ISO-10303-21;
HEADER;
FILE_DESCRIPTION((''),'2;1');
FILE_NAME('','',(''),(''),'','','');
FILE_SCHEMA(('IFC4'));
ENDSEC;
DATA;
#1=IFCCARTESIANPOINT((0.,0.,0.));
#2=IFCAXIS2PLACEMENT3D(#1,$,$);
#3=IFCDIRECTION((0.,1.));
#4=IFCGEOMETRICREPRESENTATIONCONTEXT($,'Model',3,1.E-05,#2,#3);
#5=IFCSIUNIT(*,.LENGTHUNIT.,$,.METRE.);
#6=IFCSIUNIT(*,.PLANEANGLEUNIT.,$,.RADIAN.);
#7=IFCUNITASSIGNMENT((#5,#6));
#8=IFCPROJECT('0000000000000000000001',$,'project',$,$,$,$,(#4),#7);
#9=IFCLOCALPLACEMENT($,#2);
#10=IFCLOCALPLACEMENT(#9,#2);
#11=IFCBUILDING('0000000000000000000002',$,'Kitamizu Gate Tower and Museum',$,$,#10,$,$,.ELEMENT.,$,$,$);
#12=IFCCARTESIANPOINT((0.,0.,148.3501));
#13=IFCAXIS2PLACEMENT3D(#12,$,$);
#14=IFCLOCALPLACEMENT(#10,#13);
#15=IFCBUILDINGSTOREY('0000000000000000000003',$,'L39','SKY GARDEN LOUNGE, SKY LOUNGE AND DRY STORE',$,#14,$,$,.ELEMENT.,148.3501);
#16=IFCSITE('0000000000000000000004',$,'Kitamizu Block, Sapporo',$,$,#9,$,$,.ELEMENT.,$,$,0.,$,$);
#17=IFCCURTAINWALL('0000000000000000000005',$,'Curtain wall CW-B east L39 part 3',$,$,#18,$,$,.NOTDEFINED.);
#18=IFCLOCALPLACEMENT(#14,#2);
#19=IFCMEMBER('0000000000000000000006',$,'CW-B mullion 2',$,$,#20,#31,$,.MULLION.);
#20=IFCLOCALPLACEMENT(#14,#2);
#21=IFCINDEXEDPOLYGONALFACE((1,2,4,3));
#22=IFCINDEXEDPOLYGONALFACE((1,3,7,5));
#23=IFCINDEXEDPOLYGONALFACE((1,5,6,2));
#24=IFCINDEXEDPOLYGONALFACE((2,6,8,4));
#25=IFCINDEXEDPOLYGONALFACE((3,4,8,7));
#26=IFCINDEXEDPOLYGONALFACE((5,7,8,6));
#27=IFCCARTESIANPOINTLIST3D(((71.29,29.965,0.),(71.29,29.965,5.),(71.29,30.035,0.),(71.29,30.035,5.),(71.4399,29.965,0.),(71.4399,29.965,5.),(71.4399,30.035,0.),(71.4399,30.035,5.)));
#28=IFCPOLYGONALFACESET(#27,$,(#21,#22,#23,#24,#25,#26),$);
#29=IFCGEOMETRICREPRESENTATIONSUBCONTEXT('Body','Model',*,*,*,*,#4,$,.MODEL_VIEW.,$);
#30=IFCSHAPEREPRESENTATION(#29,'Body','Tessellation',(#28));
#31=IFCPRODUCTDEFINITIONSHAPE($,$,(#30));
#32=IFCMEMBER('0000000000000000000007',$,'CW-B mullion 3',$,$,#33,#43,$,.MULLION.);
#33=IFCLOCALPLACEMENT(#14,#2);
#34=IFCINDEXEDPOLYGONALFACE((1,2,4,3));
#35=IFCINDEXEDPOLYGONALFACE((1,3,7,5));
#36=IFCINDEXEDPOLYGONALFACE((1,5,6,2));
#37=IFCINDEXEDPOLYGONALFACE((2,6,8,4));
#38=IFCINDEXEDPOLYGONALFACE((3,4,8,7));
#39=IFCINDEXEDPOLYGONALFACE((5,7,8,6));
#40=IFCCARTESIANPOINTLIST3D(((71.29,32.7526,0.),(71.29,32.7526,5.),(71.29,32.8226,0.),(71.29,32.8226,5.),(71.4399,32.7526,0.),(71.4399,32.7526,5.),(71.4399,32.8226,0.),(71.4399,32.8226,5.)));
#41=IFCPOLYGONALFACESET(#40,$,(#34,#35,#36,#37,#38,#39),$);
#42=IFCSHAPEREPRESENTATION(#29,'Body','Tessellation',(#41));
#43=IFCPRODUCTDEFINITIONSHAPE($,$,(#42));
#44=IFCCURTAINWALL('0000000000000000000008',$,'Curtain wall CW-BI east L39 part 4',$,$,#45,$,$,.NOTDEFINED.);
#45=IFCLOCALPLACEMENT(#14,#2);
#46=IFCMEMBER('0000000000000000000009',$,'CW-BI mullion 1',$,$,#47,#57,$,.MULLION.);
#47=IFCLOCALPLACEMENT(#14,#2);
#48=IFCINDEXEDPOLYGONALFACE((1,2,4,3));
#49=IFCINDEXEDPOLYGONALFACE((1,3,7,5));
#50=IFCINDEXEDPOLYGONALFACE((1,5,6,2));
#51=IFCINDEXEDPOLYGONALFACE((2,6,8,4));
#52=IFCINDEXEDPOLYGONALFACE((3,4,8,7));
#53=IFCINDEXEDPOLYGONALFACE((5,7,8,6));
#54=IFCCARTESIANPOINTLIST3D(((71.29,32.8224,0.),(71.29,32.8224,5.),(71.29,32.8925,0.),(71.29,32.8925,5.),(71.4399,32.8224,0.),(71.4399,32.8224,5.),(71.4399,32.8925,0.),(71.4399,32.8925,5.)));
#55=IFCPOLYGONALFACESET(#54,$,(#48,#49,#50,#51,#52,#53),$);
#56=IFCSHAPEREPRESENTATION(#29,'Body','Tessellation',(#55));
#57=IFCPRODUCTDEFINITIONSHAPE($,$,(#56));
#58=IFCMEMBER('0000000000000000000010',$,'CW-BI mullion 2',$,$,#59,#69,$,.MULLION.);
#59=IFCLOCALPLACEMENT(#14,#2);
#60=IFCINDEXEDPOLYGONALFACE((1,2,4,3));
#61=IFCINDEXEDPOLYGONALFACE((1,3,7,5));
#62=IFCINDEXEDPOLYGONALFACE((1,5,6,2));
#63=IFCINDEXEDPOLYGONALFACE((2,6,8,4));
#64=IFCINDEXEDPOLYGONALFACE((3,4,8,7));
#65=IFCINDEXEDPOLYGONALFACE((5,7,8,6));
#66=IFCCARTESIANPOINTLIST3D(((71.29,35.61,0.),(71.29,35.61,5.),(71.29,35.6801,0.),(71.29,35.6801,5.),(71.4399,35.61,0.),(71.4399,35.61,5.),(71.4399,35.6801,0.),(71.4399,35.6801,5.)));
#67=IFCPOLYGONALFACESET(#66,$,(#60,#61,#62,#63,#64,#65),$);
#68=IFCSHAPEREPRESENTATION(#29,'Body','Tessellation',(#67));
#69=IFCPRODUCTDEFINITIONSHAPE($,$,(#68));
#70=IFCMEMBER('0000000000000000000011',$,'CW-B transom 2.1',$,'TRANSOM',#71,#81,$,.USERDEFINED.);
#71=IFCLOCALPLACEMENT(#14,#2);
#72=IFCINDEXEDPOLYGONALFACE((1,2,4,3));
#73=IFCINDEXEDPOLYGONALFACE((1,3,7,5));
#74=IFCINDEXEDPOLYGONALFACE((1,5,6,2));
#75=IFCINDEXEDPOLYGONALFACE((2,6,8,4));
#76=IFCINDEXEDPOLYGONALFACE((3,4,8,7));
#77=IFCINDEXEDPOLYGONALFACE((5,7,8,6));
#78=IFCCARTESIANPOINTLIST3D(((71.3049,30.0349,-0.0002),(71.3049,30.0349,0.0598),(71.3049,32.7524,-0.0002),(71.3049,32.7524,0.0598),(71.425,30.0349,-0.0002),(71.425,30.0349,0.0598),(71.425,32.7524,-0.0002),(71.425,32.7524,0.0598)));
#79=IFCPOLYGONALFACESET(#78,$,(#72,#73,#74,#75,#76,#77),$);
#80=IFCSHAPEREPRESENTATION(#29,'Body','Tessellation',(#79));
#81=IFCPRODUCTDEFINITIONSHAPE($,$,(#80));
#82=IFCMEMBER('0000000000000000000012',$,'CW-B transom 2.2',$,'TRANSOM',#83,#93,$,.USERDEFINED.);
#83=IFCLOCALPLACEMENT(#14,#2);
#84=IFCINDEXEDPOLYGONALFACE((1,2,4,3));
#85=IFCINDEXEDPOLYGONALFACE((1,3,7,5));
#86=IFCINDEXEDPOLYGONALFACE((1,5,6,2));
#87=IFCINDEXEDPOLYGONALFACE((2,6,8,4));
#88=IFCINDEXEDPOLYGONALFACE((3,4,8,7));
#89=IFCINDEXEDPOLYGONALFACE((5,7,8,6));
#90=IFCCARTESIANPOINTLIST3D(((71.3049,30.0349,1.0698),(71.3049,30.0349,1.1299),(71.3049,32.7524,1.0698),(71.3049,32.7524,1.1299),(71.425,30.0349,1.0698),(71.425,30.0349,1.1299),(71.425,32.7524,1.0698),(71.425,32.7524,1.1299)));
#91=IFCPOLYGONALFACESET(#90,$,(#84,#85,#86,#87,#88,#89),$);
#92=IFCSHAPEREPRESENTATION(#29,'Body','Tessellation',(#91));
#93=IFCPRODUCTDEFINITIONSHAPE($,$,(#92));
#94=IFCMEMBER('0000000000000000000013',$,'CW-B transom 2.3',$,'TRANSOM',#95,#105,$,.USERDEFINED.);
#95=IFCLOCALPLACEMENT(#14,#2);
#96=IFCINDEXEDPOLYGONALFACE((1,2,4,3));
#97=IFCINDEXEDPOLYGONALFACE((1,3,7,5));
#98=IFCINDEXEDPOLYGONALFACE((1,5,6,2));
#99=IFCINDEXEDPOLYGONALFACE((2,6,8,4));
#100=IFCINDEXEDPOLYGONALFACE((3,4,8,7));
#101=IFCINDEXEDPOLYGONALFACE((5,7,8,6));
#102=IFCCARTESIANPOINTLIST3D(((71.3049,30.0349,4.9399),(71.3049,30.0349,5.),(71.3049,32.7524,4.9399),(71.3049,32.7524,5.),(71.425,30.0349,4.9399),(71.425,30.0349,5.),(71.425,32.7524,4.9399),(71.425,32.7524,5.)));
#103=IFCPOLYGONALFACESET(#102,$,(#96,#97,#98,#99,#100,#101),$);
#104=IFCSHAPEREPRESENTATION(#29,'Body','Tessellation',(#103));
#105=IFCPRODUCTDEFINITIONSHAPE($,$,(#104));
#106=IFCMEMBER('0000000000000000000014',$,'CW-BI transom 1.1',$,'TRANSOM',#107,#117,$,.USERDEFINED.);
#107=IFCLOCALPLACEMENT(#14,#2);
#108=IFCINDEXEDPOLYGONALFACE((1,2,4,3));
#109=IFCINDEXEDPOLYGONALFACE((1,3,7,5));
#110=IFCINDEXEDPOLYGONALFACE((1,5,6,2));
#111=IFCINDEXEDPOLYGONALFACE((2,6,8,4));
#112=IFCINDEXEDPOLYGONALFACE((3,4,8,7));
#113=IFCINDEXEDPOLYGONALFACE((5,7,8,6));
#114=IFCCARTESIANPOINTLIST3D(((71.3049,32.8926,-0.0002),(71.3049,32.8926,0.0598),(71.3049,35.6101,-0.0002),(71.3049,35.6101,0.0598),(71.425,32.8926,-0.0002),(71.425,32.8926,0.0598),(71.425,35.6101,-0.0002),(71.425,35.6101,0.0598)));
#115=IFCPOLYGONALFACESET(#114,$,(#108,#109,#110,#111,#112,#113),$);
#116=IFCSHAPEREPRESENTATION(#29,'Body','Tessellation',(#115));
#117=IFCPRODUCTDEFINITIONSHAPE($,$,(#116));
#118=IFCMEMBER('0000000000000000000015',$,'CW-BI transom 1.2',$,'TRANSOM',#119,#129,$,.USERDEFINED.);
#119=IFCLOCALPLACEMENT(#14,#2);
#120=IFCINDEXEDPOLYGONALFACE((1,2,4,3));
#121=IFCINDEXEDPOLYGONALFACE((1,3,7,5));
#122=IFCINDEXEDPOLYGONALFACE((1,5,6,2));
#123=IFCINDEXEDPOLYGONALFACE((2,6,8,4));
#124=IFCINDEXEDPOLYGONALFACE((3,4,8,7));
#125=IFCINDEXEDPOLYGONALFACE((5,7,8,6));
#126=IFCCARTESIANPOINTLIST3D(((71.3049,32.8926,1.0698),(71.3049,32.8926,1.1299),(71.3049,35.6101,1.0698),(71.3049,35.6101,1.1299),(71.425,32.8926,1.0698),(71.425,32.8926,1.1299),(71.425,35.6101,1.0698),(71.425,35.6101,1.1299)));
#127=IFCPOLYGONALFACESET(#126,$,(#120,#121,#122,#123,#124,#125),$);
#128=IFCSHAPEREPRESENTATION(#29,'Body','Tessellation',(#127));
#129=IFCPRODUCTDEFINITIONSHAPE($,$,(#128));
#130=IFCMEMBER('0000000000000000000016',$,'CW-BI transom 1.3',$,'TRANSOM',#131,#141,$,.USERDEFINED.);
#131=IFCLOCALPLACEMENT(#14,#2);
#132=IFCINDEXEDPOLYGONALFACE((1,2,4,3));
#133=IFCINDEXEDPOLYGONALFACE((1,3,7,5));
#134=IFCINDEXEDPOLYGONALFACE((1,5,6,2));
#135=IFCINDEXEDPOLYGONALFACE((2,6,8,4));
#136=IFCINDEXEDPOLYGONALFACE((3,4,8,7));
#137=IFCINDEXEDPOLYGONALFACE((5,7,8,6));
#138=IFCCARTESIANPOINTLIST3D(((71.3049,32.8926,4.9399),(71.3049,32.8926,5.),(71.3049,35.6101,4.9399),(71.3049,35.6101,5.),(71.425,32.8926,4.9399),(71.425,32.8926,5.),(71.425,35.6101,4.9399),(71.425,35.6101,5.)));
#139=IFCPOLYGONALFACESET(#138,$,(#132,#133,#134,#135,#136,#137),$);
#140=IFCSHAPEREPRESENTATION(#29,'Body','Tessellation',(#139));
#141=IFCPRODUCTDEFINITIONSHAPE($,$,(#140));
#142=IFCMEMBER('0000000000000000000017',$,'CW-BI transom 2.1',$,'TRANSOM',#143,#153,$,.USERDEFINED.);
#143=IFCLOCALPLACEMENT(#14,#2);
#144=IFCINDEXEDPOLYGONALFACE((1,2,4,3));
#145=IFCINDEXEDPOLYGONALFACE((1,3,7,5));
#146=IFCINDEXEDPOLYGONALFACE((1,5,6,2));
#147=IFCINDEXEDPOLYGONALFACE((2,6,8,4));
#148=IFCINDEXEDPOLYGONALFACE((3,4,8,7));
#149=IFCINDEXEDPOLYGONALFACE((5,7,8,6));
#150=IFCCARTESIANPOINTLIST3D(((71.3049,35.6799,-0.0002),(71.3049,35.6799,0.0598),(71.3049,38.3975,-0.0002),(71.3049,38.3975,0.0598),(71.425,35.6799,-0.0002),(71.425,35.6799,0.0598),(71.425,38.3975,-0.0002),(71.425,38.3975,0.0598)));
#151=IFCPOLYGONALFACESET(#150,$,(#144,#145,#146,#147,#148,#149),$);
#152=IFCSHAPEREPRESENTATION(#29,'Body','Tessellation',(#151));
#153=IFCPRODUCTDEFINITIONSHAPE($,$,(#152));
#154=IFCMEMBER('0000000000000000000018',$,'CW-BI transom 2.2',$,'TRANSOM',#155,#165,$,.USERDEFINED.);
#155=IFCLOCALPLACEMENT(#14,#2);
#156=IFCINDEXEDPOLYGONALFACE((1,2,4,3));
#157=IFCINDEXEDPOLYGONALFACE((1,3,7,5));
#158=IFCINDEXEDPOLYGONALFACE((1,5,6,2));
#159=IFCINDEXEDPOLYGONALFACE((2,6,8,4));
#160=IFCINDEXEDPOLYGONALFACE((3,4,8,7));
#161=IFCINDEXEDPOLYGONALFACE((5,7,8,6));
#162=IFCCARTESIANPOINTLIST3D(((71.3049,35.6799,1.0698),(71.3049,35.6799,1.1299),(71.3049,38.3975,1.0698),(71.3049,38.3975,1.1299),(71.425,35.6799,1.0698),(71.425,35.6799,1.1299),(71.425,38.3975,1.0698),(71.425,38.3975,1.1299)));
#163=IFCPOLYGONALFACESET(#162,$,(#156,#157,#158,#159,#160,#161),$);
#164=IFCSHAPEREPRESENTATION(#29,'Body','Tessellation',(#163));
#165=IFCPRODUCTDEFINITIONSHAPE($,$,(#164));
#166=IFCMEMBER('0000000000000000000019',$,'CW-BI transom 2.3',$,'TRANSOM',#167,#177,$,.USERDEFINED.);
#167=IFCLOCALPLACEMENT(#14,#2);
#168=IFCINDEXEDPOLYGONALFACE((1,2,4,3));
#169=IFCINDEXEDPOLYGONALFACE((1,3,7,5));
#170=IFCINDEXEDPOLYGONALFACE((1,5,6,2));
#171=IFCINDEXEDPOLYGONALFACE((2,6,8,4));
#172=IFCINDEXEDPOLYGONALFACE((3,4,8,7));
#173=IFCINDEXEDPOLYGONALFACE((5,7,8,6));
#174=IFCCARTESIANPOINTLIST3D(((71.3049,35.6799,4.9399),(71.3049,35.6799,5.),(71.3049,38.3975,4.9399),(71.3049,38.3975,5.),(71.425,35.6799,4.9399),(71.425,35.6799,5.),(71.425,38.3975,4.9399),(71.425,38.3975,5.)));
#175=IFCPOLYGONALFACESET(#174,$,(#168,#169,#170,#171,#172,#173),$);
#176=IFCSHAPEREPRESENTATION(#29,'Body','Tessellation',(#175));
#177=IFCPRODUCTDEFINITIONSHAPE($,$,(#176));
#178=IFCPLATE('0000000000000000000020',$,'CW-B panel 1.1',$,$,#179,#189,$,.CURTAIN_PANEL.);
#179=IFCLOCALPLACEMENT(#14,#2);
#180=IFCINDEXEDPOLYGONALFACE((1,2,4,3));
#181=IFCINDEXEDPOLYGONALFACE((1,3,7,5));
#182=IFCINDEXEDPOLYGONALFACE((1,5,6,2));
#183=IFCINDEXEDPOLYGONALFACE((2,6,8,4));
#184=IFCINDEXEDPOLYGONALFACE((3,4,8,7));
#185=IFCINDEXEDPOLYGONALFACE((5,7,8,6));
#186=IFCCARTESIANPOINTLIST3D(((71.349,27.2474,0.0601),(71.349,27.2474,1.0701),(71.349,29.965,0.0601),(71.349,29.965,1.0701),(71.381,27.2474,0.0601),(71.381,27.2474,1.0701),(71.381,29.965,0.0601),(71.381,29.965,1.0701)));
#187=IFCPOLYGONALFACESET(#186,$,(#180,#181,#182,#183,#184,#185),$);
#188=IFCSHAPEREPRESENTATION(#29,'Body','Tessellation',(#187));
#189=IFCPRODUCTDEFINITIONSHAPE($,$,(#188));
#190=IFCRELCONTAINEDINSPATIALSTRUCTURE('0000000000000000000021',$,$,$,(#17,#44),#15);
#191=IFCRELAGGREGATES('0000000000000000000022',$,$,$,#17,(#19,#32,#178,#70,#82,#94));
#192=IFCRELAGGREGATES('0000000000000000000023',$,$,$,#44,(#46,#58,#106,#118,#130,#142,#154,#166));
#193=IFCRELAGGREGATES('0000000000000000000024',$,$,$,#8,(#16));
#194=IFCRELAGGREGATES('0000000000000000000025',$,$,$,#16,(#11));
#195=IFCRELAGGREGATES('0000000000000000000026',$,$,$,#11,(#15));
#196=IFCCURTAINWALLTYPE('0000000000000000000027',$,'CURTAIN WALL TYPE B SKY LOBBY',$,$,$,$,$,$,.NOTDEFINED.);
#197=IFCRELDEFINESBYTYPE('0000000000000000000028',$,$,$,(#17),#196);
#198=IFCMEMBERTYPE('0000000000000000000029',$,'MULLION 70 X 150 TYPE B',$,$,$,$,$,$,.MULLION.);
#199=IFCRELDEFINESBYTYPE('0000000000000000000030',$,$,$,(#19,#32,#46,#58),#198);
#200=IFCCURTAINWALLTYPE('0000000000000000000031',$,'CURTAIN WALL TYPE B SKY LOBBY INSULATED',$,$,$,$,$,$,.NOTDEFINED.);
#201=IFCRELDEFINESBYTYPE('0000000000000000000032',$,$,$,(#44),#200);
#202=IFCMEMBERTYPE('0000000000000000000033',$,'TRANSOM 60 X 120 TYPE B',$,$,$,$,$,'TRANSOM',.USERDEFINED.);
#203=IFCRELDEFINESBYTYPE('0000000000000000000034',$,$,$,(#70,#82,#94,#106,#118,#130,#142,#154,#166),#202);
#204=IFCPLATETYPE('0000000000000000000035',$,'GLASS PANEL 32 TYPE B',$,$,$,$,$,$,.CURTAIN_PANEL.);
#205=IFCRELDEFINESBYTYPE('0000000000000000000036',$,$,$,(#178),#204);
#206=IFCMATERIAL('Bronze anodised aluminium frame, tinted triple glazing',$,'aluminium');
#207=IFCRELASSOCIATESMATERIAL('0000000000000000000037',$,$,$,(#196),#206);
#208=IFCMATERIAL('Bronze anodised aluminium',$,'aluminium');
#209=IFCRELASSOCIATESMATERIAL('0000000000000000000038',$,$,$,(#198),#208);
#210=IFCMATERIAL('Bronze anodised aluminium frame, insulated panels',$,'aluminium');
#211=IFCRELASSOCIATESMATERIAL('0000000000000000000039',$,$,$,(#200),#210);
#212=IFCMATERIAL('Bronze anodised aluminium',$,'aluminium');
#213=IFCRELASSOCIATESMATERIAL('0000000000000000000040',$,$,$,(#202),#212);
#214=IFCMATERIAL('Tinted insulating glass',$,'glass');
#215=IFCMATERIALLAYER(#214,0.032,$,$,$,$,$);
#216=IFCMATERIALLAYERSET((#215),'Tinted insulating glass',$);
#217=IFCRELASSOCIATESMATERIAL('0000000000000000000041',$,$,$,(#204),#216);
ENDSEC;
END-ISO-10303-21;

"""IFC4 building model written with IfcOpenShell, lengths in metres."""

from ifc_helpers import new_model, si_unit, direction, frame, origin, origin_2d, place, context, subcontext, project, spatial, rectangle, extrude, material, layer, layer_set, material_profile, profile_set, type_object, element, aggregate, save


model = new_model("IFC4")

# Units and contexts
model_context = context("Model", 3, precision=1e-05, world=origin(), true_north=direction((0.0, 1.0)))
body_context = subcontext(model_context, "Body", "Model", "MODEL_VIEW")
ifc_project = project(units=[si_unit("LENGTHUNIT", "METRE"), si_unit("PLANEANGLEUNIT", "RADIAN")], contexts=[model_context])

# Site, building, storey
site_placement = place(None, origin())
site = spatial("IfcSite", under=ifc_project, at=site_placement, Name="Kitamizu Block, Sapporo", CompositionType="ELEMENT", RefElevation=0.0)
building_placement = place(site_placement, origin())
building = spatial("IfcBuilding", under=site, at=building_placement, Name="Kitamizu Gate Tower and Museum", CompositionType="ELEMENT")
storey_placement = place(building_placement, frame((0.0, 0.0, 148.3501)))
storey = spatial("IfcBuildingStorey", under=building, at=storey_placement, Name="L39", Description="SKY GARDEN LOUNGE, SKY LOUNGE AND DRY STORE", CompositionType="ELEMENT", Elevation=148.3501)

# Curtain walls, members
ifc_material_1 = material(Name="Bronze anodised aluminium frame, tinted triple glazing", Category="aluminium")
curtain_wall_type_1 = type_object("IfcCurtainWallType", Name="CURTAIN WALL TYPE B SKY LOBBY", PredefinedType="NOTDEFINED", material=ifc_material_1)
curtain_wall_1_placement = place(storey_placement, origin())
curtain_wall_1 = element("IfcCurtainWall", 1, at=curtain_wall_1_placement, inside=storey, type_object=curtain_wall_type_1, Name="Curtain wall CW-B east L39 part 3", PredefinedType="NOTDEFINED")
ifc_material_2 = material(Name="Bronze anodised aluminium", Category="aluminium")
ifc_material_profile_1 = material_profile(ifc_material_2, rectangle(XDim=0.0701, YDim=0.1499, at=origin_2d()), Name="AL 70X150")
ifc_profile_set_1 = profile_set([ifc_material_profile_1], Name="Bronze anodised aluminium")
member_type_1 = type_object("IfcMemberType", Name="MULLION 70 X 150 TYPE B", PredefinedType="MULLION", material=ifc_profile_set_1)
member_1_placement = place(storey_placement, frame((71.365, 30.0, 0.0), z_axis=(0.0, 0.0, 1.0), x_axis=(0.0, 1.0, 0.0)))
member_1 = element("IfcMember", 2, at=member_1_placement, type_object=member_type_1, Name="CW-B mullion 2", PredefinedType="MULLION", context=body_context, shape_type="SweptSolid", body=[
    extrude(rectangle(XDim=0.0701, YDim=0.1499, at=origin_2d()), origin(), (0.0, 0.0, 1.0), 5.0),
])
member_2_placement = place(storey_placement, frame((71.365, 32.7876, 0.0), z_axis=(0.0, 0.0, 1.0), x_axis=(0.0, 1.0, 0.0)))
member_2 = element("IfcMember", 3, at=member_2_placement, type_object=member_type_1, Name="CW-B mullion 3", PredefinedType="MULLION", context=body_context, shape_type="SweptSolid", body=[
    extrude(rectangle(XDim=0.0701, YDim=0.1499, at=origin_2d()), origin(), (0.0, 0.0, 1.0), 5.0),
])
ifc_material_3 = material(Name="Bronze anodised aluminium frame, insulated panels", Category="aluminium")
curtain_wall_type_2 = type_object("IfcCurtainWallType", Name="CURTAIN WALL TYPE B SKY LOBBY INSULATED", PredefinedType="NOTDEFINED", material=ifc_material_3)
curtain_wall_2_placement = place(storey_placement, origin())
curtain_wall_2 = element("IfcCurtainWall", 4, at=curtain_wall_2_placement, inside=storey, type_object=curtain_wall_type_2, Name="Curtain wall CW-BI east L39 part 4", PredefinedType="NOTDEFINED")
member_3_placement = place(storey_placement, frame((71.365, 32.8574, 0.0), z_axis=(0.0, 0.0, 1.0), x_axis=(0.0, 1.0, 0.0)))
member_3 = element("IfcMember", 5, at=member_3_placement, type_object=member_type_1, Name="CW-BI mullion 1", PredefinedType="MULLION", context=body_context, shape_type="SweptSolid", body=[
    extrude(rectangle(XDim=0.0701, YDim=0.1499, at=origin_2d()), origin(), (0.0, 0.0, 1.0), 5.0),
])
member_4_placement = place(storey_placement, frame((71.365, 35.645, 0.0), z_axis=(0.0, 0.0, 1.0), x_axis=(0.0, 1.0, 0.0)))
member_4 = element("IfcMember", 6, at=member_4_placement, type_object=member_type_1, Name="CW-BI mullion 2", PredefinedType="MULLION", context=body_context, shape_type="SweptSolid", body=[
    extrude(rectangle(XDim=0.0701, YDim=0.1499, at=origin_2d()), origin(), (0.0, 0.0, 1.0), 5.0),
])

# Members
ifc_material_4 = material(Name="Bronze anodised aluminium", Category="aluminium")
ifc_material_profile_2 = material_profile(ifc_material_4, rectangle(XDim=0.1201, YDim=0.0601, at=origin_2d()), Name="AL 60X120")
ifc_profile_set_2 = profile_set([ifc_material_profile_2], Name="Bronze anodised aluminium")
member_type_2 = type_object("IfcMemberType", Name="TRANSOM 60 X 120 TYPE B", ElementType="TRANSOM", PredefinedType="USERDEFINED", material=ifc_profile_set_2)
member_5_placement = place(storey_placement, frame((71.365, 30.0349, 0.0298), z_axis=(0.0, 1.0, 0.0), x_axis=(-1.0, 0.0, 0.0)))
member_5 = element("IfcMember", 7, at=member_5_placement, type_object=member_type_2, Name="CW-B transom 2.1", ObjectType="TRANSOM", PredefinedType="USERDEFINED", context=body_context, shape_type="SweptSolid", body=[
    extrude(rectangle(XDim=0.1201, YDim=0.0601, at=origin_2d()), origin(), (0.0, 0.0, 1.0), 2.7175),
])
member_6_placement = place(storey_placement, frame((71.365, 30.0349, 1.0999), z_axis=(0.0, 1.0, 0.0), x_axis=(-1.0, 0.0, 0.0)))
member_6 = element("IfcMember", 8, at=member_6_placement, type_object=member_type_2, Name="CW-B transom 2.2", ObjectType="TRANSOM", PredefinedType="USERDEFINED", context=body_context, shape_type="SweptSolid", body=[
    extrude(rectangle(XDim=0.1201, YDim=0.0601, at=origin_2d()), origin(), (0.0, 0.0, 1.0), 2.7175),
])
member_7_placement = place(storey_placement, frame((71.365, 30.0349, 4.97), z_axis=(0.0, 1.0, 0.0), x_axis=(-1.0, 0.0, 0.0)))
member_7 = element("IfcMember", 9, at=member_7_placement, type_object=member_type_2, Name="CW-B transom 2.3", ObjectType="TRANSOM", PredefinedType="USERDEFINED", context=body_context, shape_type="SweptSolid", body=[
    extrude(rectangle(XDim=0.1201, YDim=0.0601, at=origin_2d()), origin(), (0.0, 0.0, 1.0), 2.7175),
])
member_8_placement = place(storey_placement, frame((71.365, 32.8926, 0.0298), z_axis=(0.0, 1.0, 0.0), x_axis=(-1.0, 0.0, 0.0)))
member_8 = element("IfcMember", 10, at=member_8_placement, type_object=member_type_2, Name="CW-BI transom 1.1", ObjectType="TRANSOM", PredefinedType="USERDEFINED", context=body_context, shape_type="SweptSolid", body=[
    extrude(rectangle(XDim=0.1201, YDim=0.0601, at=origin_2d()), origin(), (0.0, 0.0, 1.0), 2.7175),
])
member_9_placement = place(storey_placement, frame((71.365, 32.8926, 1.0999), z_axis=(0.0, 1.0, 0.0), x_axis=(-1.0, 0.0, 0.0)))
member_9 = element("IfcMember", 11, at=member_9_placement, type_object=member_type_2, Name="CW-BI transom 1.2", ObjectType="TRANSOM", PredefinedType="USERDEFINED", context=body_context, shape_type="SweptSolid", body=[
    extrude(rectangle(XDim=0.1201, YDim=0.0601, at=origin_2d()), origin(), (0.0, 0.0, 1.0), 2.7175),
])
member_10_placement = place(storey_placement, frame((71.365, 32.8926, 4.97), z_axis=(0.0, 1.0, 0.0), x_axis=(-1.0, 0.0, 0.0)))
member_10 = element("IfcMember", 12, at=member_10_placement, type_object=member_type_2, Name="CW-BI transom 1.3", ObjectType="TRANSOM", PredefinedType="USERDEFINED", context=body_context, shape_type="SweptSolid", body=[
    extrude(rectangle(XDim=0.1201, YDim=0.0601, at=origin_2d()), origin(), (0.0, 0.0, 1.0), 2.7175),
])
member_11_placement = place(storey_placement, frame((71.365, 35.6799, 0.0298), z_axis=(0.0, 1.0, 0.0), x_axis=(-1.0, 0.0, 0.0)))
member_11 = element("IfcMember", 13, at=member_11_placement, type_object=member_type_2, Name="CW-BI transom 2.1", ObjectType="TRANSOM", PredefinedType="USERDEFINED", context=body_context, shape_type="SweptSolid", body=[
    extrude(rectangle(XDim=0.1201, YDim=0.0601, at=origin_2d()), origin(), (0.0, 0.0, 1.0), 2.7175),
])
member_12_placement = place(storey_placement, frame((71.365, 35.6799, 1.0999), z_axis=(0.0, 1.0, 0.0), x_axis=(-1.0, 0.0, 0.0)))
member_12 = element("IfcMember", 14, at=member_12_placement, type_object=member_type_2, Name="CW-BI transom 2.2", ObjectType="TRANSOM", PredefinedType="USERDEFINED", context=body_context, shape_type="SweptSolid", body=[
    extrude(rectangle(XDim=0.1201, YDim=0.0601, at=origin_2d()), origin(), (0.0, 0.0, 1.0), 2.7175),
])
member_13_placement = place(storey_placement, frame((71.365, 35.6799, 4.97), z_axis=(0.0, 1.0, 0.0), x_axis=(-1.0, 0.0, 0.0)))
member_13 = element("IfcMember", 15, at=member_13_placement, type_object=member_type_2, Name="CW-BI transom 2.3", ObjectType="TRANSOM", PredefinedType="USERDEFINED", context=body_context, shape_type="SweptSolid", body=[
    extrude(rectangle(XDim=0.1201, YDim=0.0601, at=origin_2d()), origin(), (0.0, 0.0, 1.0), 2.7175),
])

# Plate
ifc_material_5 = material(Name="Tinted insulating glass", Category="glass")
ifc_layer_1 = layer(ifc_material_5, 0.032)
ifc_layer_set_1 = layer_set([ifc_layer_1], Name="Tinted insulating glass")
plate_type_1 = type_object("IfcPlateType", Name="GLASS PANEL 32 TYPE B", PredefinedType="CURTAIN_PANEL", material=ifc_layer_set_1)
plate_1_placement = place(storey_placement, frame((71.365, 28.6062, 0.0601), z_axis=(0.0, 0.0, 1.0), x_axis=(0.0, 1.0, 0.0)))
plate_1 = element("IfcPlate", 16, at=plate_1_placement, type_object=plate_type_1, Name="CW-B panel 1.1", PredefinedType="CURTAIN_PANEL", context=body_context, shape_type="SweptSolid", body=[
    extrude(rectangle(XDim=2.7175, YDim=0.032, at=origin_2d()), origin(), (0.0, 0.0, 1.0), 1.01),
])
aggregate(curtain_wall_1, [member_1, member_2, plate_1, member_5, member_6, member_7])
aggregate(curtain_wall_2, [member_3, member_4, member_8, member_9, member_10, member_11, member_12, member_13])

save(model, "model.ifc")
